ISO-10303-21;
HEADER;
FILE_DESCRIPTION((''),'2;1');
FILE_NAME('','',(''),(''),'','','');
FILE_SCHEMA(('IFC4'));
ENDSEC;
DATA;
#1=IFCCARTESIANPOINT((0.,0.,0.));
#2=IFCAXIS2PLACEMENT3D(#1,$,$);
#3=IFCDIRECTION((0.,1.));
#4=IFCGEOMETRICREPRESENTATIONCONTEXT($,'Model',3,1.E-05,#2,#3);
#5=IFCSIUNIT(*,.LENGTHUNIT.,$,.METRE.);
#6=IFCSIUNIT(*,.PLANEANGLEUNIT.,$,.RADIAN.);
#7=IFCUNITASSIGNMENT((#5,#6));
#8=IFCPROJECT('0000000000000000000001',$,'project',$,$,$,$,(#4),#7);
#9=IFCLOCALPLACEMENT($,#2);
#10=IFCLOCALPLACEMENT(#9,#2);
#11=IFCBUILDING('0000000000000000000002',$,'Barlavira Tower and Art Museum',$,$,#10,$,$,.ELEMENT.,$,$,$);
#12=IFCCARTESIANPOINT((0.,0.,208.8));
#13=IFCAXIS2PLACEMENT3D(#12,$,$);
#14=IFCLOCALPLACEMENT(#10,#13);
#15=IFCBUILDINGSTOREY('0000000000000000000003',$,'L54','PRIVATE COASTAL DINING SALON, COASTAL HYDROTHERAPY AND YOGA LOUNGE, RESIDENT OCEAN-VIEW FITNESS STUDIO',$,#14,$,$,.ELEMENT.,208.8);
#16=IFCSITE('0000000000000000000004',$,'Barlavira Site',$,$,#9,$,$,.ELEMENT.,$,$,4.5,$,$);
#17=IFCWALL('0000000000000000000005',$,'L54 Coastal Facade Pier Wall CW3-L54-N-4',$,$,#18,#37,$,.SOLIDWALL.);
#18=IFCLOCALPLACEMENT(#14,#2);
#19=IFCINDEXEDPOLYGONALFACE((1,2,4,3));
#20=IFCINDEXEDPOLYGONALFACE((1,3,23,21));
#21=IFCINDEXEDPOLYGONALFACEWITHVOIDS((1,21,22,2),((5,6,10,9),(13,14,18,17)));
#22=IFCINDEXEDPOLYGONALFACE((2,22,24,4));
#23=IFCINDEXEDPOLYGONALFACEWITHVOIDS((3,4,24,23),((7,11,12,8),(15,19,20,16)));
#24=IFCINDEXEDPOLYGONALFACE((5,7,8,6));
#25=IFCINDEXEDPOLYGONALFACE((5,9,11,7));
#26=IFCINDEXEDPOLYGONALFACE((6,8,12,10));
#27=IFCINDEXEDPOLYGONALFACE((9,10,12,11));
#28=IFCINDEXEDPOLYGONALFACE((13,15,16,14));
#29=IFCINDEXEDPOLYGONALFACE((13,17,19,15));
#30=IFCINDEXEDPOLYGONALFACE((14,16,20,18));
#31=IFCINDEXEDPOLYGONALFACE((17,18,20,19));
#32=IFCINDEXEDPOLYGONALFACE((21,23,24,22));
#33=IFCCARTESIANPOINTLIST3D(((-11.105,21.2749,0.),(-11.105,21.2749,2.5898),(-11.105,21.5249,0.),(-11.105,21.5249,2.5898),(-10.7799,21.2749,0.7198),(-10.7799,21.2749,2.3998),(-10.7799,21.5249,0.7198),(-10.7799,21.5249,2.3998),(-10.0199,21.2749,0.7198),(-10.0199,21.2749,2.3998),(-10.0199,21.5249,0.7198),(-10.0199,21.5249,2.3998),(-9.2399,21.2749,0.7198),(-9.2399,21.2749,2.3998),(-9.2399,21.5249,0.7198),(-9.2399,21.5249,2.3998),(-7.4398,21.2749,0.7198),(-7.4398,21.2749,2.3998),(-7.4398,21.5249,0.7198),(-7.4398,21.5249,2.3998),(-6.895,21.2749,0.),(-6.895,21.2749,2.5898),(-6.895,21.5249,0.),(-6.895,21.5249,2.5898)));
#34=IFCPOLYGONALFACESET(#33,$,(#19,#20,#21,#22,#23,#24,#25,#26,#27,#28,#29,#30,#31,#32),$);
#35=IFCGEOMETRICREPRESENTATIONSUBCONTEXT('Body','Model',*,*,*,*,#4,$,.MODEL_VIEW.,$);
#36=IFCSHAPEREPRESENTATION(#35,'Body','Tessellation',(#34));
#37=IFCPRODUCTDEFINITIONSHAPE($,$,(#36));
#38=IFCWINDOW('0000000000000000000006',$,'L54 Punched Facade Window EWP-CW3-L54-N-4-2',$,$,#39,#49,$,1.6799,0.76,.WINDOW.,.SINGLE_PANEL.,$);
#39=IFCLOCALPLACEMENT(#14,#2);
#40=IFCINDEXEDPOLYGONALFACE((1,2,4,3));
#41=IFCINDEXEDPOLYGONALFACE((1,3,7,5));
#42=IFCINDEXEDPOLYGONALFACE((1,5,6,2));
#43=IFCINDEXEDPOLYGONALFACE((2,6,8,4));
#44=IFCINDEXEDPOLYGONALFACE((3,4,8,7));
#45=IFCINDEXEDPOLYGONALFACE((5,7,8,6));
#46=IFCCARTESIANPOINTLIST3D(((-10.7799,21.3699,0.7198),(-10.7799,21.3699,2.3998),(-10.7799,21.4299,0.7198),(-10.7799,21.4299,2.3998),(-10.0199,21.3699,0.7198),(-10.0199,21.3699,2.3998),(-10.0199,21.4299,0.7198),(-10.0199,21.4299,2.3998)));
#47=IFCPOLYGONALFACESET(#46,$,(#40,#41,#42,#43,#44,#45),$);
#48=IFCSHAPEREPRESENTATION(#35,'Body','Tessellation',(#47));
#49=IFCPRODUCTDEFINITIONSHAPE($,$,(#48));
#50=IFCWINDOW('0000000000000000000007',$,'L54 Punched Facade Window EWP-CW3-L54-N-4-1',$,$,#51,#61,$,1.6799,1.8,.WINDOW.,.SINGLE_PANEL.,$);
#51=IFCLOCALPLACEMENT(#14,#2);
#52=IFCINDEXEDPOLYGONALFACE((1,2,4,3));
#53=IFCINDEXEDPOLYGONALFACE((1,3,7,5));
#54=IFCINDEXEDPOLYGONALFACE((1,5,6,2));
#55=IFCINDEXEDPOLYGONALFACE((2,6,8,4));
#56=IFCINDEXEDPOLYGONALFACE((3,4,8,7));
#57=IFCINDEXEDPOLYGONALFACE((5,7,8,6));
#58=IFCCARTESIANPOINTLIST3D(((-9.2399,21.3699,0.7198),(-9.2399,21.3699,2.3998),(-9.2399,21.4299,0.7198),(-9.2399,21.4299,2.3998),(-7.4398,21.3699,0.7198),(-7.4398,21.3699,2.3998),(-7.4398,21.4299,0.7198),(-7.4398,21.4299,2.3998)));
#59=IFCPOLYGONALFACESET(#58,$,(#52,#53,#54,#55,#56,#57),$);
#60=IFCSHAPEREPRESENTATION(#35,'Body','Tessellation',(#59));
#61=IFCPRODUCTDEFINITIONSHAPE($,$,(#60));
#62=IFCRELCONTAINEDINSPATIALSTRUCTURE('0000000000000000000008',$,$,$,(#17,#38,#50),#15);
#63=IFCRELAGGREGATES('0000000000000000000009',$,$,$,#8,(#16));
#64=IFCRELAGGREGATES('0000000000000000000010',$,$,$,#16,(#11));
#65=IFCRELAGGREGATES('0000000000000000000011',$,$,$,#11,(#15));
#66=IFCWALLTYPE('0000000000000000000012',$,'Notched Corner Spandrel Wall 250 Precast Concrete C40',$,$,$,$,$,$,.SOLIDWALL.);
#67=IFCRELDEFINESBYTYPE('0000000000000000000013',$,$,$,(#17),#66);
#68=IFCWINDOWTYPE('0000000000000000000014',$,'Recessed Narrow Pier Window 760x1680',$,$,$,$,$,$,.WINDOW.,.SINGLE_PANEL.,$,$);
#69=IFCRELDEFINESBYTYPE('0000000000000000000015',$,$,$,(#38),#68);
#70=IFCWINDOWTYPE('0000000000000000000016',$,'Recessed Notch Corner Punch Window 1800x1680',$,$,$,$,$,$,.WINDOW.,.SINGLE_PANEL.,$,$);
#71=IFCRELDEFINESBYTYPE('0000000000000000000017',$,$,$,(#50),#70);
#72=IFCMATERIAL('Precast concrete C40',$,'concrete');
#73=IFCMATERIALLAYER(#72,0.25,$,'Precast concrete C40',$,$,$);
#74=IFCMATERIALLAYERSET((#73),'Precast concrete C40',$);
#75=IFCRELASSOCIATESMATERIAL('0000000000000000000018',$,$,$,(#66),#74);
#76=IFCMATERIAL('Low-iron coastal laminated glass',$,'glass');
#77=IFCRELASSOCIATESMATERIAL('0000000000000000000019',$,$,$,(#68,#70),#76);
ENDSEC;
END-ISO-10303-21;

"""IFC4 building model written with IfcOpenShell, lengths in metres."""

from ifc_helpers import new_model, si_unit, direction, frame, frame_2d, origin, place, context, subcontext, project, spatial, rectangle, extrude, material, layer, layer_set, type_object, element, fill, save


model = new_model("IFC4")

# Units and contexts
model_context = context("Model", 3, precision=1e-05, world=origin(), true_north=direction((0.0, 1.0)))
body_context = subcontext(model_context, "Body", "Model", "MODEL_VIEW")
ifc_project = project(units=[si_unit("LENGTHUNIT", "METRE"), si_unit("PLANEANGLEUNIT", "RADIAN")], contexts=[model_context])

# Site, building, storey
site_placement = place(None, origin())
site = spatial("IfcSite", under=ifc_project, at=site_placement, Name="Barlavira Site", CompositionType="ELEMENT", RefElevation=4.5)
building_placement = place(site_placement, origin())
building = spatial("IfcBuilding", under=site, at=building_placement, Name="Barlavira Tower and Art Museum", CompositionType="ELEMENT")
storey_placement = place(building_placement, frame((0.0, 0.0, 208.8)))
storey = spatial("IfcBuildingStorey", under=building, at=storey_placement, Name="L54", Description="PRIVATE COASTAL DINING SALON, COASTAL HYDROTHERAPY AND YOGA LOUNGE, RESIDENT OCEAN-VIEW FITNESS STUDIO", CompositionType="ELEMENT", Elevation=208.8)

# Shared definitions
ifc_material_1 = material(Name="Low-iron coastal laminated glass", Category="glass")

# Wall, openings, windows
ifc_material_2 = material(Name="Precast concrete C40", Category="concrete")
ifc_layer_1 = layer(ifc_material_2, 0.25, Name="Precast concrete C40")
ifc_layer_set_1 = layer_set([ifc_layer_1], Name="Precast concrete C40")
wall_type_1 = type_object("IfcWallType", Name="Notched Corner Spandrel Wall 250 Precast Concrete C40", PredefinedType="SOLIDWALL", material=ifc_layer_set_1)
wall_1_placement = place(storey_placement, frame((-6.895, 21.3999, 0.0), z_axis=(0.0, 0.0, 1.0), x_axis=(-1.0, 0.0, 0.0)))
wall_1 = element("IfcWall", 1, at=wall_1_placement, inside=storey, type_object=wall_type_1, Name="L54 Coastal Facade Pier Wall CW3-L54-N-4", PredefinedType="SOLIDWALL", context=body_context, shape_type="SweptSolid", body=[
    extrude(rectangle(XDim=4.21, YDim=0.25, at=frame_2d((2.105, 0.0))), origin(), (0.0, 0.0, 1.0), 2.5898),
])
opening_1_placement = place(wall_1_placement, frame((0.5449, 0.0, 0.72)))
opening_1 = element("IfcOpeningElement", 2, at=opening_1_placement, cuts=wall_1, PredefinedType="OPENING", context=body_context, shape_type="SweptSolid", body=[
    extrude(rectangle(XDim=1.8, YDim=1.6799, at=frame_2d((0.8999, 0.8398))), frame((0.0, 0.135, 0.0), z_axis=(0.0, -1.0, 0.0), x_axis=(1.0, 0.0, 0.0)), (0.0, 0.0, 1.0), 0.27),
])
opening_2_placement = place(wall_1_placement, frame((3.125, 0.0, 0.72)))
opening_2 = element("IfcOpeningElement", 3, at=opening_2_placement, cuts=wall_1, PredefinedType="OPENING", context=body_context, shape_type="SweptSolid", body=[
    extrude(rectangle(XDim=0.76, YDim=1.6799, at=frame_2d((0.3799, 0.8398))), frame((0.0, 0.135, 0.0), z_axis=(0.0, -1.0, 0.0), x_axis=(1.0, 0.0, 0.0)), (0.0, 0.0, 1.0), 0.27),
])
window_type_1 = type_object("IfcWindowType", Name="Recessed Narrow Pier Window 760x1680", PartitioningType="SINGLE_PANEL", PredefinedType="WINDOW", material=ifc_material_1)
window_1_placement = place(opening_2_placement, origin())
window_1 = element("IfcWindow", 4, at=window_1_placement, inside=storey, type_object=window_type_1, Name="L54 Punched Facade Window EWP-CW3-L54-N-4-2", OverallHeight=1.6799, OverallWidth=0.76, PartitioningType="SINGLE_PANEL", PredefinedType="WINDOW", context=body_context, shape_type="SweptSolid", body=[
    extrude(rectangle(XDim=0.76, YDim=1.6799, at=frame_2d((0.3799, 0.8398))), frame((0.0, 0.03, 0.0), z_axis=(0.0, -1.0, 0.0), x_axis=(1.0, 0.0, 0.0)), (0.0, 0.0, 1.0), 0.0601),
])
fill(opening_2, window_1)
window_type_2 = type_object("IfcWindowType", Name="Recessed Notch Corner Punch Window 1800x1680", PartitioningType="SINGLE_PANEL", PredefinedType="WINDOW", material=ifc_material_1)
window_2_placement = place(opening_1_placement, origin())
window_2 = element("IfcWindow", 5, at=window_2_placement, inside=storey, type_object=window_type_2, Name="L54 Punched Facade Window EWP-CW3-L54-N-4-1", OverallHeight=1.6799, OverallWidth=1.8, PartitioningType="SINGLE_PANEL", PredefinedType="WINDOW", context=body_context, shape_type="SweptSolid", body=[
    extrude(rectangle(XDim=1.8, YDim=1.6799, at=frame_2d((0.8999, 0.8398))), frame((0.0, 0.03, 0.0), z_axis=(0.0, -1.0, 0.0), x_axis=(1.0, 0.0, 0.0)), (0.0, 0.0, 1.0), 0.0601),
])
fill(opening_1, window_2)

save(model, "model.ifc")
